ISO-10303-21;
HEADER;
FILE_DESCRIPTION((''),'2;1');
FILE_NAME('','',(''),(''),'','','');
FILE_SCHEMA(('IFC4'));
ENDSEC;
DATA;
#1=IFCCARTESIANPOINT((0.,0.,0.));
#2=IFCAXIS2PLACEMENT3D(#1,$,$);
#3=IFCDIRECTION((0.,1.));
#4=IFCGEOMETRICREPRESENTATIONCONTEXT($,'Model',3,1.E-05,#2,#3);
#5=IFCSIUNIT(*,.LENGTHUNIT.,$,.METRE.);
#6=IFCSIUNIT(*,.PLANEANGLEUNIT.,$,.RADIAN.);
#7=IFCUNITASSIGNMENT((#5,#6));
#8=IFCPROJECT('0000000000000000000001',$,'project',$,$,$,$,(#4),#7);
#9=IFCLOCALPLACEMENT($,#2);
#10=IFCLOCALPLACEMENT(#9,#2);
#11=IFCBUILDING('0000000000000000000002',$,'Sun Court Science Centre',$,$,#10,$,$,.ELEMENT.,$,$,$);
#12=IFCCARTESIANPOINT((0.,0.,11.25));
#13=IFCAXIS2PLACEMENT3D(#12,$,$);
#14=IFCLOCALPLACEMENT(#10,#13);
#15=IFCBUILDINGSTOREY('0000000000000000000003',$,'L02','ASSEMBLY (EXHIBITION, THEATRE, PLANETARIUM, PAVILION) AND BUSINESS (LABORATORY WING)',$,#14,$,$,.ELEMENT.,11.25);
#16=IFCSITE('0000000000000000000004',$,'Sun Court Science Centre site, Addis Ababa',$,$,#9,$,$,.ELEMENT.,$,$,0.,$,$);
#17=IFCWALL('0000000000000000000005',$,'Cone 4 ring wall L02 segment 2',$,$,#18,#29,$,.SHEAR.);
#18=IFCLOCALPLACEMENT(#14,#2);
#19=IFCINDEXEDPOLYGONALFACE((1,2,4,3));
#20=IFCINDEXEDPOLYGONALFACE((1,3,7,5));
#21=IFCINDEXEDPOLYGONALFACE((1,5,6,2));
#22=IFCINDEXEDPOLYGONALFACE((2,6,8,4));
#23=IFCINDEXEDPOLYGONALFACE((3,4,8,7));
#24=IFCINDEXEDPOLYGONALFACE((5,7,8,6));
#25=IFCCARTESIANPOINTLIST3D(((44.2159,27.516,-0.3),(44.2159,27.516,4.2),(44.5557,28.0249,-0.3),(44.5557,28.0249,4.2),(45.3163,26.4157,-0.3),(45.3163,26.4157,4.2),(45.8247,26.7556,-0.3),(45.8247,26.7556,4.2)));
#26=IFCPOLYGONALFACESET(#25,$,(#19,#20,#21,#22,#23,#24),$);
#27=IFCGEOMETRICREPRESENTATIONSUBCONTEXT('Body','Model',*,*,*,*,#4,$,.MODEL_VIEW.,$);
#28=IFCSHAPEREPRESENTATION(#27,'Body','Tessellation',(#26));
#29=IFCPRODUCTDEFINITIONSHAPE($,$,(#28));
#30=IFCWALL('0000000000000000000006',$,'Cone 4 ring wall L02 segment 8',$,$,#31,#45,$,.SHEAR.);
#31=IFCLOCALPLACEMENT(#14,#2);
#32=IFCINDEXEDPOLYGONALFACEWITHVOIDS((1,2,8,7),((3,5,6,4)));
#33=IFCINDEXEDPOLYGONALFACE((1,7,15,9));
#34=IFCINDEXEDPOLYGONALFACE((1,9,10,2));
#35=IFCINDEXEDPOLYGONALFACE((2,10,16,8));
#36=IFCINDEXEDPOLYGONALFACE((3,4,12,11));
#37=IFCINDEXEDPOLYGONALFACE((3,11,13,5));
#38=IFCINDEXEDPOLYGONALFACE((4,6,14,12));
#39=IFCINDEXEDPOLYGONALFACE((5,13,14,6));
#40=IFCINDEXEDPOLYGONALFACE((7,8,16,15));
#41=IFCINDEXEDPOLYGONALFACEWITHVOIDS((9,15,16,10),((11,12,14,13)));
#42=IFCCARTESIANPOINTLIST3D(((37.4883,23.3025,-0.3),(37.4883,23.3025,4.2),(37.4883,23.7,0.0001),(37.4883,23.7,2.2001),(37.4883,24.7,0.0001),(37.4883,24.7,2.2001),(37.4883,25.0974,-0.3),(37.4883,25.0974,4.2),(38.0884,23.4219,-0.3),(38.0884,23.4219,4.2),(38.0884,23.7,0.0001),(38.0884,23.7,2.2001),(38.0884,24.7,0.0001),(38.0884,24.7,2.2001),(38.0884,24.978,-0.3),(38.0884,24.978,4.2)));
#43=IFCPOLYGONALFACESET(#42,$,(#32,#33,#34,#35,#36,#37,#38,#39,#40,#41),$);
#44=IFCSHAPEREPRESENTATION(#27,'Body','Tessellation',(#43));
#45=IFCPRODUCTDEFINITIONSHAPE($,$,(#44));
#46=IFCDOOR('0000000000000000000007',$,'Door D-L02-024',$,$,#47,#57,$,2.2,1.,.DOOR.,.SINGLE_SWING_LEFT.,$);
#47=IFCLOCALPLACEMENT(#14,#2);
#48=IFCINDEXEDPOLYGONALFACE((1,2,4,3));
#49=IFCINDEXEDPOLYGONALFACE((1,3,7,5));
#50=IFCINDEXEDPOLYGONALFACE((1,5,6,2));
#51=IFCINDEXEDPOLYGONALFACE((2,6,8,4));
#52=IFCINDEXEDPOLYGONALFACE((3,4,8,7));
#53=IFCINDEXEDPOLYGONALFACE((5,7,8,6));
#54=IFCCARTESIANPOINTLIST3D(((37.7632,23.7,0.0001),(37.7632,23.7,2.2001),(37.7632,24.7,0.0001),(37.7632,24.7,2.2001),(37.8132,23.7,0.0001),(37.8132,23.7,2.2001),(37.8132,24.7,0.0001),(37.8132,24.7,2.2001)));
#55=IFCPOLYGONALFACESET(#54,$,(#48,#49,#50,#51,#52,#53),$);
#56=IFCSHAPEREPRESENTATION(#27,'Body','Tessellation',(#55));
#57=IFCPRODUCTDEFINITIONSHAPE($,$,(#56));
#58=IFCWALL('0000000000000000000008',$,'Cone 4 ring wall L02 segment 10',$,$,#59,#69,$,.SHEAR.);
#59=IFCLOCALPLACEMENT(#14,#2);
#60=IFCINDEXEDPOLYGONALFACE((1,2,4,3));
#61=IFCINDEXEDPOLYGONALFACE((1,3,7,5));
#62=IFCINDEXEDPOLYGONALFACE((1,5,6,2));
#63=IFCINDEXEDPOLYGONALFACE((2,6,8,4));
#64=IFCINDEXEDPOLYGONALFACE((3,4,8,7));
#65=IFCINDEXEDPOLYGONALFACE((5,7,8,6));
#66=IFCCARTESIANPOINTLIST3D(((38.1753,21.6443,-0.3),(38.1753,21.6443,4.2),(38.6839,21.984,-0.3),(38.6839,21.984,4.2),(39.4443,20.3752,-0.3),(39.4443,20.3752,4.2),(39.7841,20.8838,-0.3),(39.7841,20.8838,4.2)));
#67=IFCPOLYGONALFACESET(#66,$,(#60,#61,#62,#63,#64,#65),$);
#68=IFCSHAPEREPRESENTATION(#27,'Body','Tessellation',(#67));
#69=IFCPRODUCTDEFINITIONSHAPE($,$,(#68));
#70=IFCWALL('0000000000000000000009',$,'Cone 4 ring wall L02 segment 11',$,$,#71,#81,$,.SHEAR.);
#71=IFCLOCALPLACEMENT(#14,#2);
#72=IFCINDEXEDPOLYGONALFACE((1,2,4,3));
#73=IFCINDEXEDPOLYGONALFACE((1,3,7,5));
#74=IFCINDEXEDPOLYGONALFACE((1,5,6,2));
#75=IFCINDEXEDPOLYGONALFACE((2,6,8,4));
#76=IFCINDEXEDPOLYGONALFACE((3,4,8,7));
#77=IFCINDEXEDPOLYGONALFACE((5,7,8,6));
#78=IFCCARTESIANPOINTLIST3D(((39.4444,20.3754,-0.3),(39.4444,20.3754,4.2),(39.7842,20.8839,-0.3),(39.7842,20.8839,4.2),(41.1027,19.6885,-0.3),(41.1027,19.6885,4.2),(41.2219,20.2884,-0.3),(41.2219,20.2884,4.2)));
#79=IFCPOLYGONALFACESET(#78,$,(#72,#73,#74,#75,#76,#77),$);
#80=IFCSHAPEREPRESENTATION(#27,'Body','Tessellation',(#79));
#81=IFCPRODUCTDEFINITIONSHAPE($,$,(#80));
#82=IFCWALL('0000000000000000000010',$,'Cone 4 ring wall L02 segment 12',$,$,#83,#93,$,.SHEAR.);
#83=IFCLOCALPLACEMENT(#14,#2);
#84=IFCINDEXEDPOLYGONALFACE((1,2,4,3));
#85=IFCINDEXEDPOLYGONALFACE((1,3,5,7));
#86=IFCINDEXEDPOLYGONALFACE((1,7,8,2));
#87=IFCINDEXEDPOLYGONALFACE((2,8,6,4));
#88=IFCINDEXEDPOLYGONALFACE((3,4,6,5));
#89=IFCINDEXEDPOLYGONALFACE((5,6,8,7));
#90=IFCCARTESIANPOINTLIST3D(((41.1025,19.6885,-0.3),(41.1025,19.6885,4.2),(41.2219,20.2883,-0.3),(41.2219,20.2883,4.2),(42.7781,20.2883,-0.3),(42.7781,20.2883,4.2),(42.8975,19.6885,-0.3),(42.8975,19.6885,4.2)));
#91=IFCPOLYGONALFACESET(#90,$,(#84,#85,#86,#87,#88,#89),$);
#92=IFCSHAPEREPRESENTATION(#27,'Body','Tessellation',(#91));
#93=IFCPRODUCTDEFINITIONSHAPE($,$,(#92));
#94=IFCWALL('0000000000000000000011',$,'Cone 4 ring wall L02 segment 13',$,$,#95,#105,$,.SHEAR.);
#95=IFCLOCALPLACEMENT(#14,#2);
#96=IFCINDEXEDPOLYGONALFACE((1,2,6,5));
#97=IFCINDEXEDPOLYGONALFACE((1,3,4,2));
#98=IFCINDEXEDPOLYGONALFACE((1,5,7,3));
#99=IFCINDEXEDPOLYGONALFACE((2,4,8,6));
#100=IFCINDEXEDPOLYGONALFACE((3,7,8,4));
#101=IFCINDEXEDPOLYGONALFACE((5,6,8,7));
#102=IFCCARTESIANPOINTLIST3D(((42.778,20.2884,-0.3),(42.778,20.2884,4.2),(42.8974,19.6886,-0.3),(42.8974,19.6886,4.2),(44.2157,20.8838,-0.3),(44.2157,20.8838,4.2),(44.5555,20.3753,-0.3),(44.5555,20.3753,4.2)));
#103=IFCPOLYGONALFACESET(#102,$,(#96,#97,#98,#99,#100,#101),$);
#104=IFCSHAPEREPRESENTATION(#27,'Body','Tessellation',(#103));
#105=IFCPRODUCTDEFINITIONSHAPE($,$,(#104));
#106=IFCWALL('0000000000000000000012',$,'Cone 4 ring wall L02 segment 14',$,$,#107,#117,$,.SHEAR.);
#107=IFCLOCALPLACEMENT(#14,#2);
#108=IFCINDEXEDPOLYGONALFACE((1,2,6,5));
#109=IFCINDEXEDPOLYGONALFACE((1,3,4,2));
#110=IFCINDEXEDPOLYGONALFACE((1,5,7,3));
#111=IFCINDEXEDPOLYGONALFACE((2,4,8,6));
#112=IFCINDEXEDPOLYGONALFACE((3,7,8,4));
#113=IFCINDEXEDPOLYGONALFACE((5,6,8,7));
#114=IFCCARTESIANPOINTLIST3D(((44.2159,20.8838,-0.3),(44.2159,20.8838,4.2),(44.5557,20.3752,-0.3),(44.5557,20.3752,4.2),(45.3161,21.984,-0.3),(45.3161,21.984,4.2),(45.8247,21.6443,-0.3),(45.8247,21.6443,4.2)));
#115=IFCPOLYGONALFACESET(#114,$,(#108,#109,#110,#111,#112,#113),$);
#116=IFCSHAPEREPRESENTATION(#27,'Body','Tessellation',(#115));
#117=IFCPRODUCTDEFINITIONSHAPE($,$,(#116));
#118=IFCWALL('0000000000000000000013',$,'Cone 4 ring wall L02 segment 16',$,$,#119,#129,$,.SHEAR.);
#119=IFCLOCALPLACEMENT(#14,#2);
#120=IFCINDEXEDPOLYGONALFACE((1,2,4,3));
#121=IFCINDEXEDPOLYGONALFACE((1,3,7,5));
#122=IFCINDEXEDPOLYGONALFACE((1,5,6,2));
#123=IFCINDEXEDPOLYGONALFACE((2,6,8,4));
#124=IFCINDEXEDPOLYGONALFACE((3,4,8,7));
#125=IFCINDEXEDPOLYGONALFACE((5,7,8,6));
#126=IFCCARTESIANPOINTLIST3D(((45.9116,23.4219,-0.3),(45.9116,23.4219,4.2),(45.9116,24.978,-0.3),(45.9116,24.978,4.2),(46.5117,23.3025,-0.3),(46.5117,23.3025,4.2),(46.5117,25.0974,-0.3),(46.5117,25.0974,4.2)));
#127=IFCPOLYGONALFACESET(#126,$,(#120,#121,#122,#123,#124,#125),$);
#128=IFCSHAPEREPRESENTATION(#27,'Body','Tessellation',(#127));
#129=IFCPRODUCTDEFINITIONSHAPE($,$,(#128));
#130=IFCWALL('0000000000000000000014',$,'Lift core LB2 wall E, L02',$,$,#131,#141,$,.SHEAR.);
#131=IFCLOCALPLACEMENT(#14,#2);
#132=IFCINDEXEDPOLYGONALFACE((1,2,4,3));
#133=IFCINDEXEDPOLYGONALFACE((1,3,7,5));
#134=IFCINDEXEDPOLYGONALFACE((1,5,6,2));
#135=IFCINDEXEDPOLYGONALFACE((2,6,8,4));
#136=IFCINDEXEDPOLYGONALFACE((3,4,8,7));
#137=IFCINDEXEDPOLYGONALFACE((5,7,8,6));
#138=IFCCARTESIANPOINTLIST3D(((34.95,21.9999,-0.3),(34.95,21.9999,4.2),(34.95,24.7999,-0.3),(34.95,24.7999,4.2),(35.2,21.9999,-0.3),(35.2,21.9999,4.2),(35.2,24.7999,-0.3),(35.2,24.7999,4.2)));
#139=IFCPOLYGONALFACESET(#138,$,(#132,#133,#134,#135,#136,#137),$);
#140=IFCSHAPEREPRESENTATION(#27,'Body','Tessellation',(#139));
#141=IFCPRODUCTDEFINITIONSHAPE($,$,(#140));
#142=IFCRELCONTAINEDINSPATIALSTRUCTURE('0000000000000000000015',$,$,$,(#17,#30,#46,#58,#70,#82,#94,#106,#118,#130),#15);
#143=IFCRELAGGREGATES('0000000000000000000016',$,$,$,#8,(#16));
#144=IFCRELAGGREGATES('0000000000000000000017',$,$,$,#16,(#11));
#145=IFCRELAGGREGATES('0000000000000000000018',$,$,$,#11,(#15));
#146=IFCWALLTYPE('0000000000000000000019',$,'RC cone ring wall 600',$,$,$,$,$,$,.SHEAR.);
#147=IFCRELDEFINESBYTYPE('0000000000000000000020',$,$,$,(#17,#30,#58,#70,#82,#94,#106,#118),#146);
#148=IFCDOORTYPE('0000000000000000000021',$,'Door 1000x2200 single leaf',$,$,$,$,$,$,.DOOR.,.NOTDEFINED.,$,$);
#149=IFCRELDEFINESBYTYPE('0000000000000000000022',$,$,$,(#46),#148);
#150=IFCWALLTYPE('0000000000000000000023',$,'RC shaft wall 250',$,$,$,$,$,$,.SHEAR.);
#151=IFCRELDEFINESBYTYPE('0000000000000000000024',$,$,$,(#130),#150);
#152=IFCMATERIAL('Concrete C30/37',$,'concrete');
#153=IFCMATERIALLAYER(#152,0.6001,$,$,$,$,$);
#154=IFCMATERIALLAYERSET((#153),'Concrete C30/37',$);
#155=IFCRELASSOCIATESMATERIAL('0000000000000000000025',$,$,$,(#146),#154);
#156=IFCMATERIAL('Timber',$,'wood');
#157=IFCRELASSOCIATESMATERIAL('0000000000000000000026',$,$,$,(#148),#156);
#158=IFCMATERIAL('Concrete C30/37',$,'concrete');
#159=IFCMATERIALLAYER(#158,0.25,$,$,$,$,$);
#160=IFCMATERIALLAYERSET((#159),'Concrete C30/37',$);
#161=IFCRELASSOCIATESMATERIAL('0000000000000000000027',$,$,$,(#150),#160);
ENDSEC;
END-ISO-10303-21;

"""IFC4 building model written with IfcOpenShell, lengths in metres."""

from ifc_helpers import new_model, si_unit, direction, frame, frame_2d, origin, place, context, subcontext, project, spatial, polyline, rectangle, outline, extrude, material, layer, layer_set, type_object, element, fill, save


model = new_model("IFC4")

# Units and contexts
model_context = context("Model", 3, precision=1e-05, world=origin(), true_north=direction((0.0, 1.0)))
body_context = subcontext(model_context, "Body", "Model", "MODEL_VIEW")
ifc_project = project(units=[si_unit("LENGTHUNIT", "METRE"), si_unit("PLANEANGLEUNIT", "RADIAN")], contexts=[model_context])

# Site, building, storey
site_placement = place(None, origin())
site = spatial("IfcSite", under=ifc_project, at=site_placement, Name="Sun Court Science Centre site, Addis Ababa", CompositionType="ELEMENT", RefElevation=0.0)
building_placement = place(site_placement, origin())
building = spatial("IfcBuilding", under=site, at=building_placement, Name="Sun Court Science Centre", CompositionType="ELEMENT")
storey_placement = place(building_placement, frame((0.0, 0.0, 11.25)))
storey = spatial("IfcBuildingStorey", under=building, at=storey_placement, Name="L02", Description="ASSEMBLY (EXHIBITION, THEATRE, PLANETARIUM, PAVILION) AND BUSINESS (LABORATORY WING)", CompositionType="ELEMENT", Elevation=11.25)

# Wall
ifc_material_1 = material(Name="Concrete C30/37", Category="concrete")
ifc_layer_1 = layer(ifc_material_1, 0.6001)
ifc_layer_set_1 = layer_set([ifc_layer_1], Name="Concrete C30/37")
wall_type_1 = type_object("IfcWallType", Name="RC cone ring wall 600", PredefinedType="SHEAR", material=ifc_layer_set_1)
wall_1_placement = place(storey_placement, frame((45.6125, 26.5435, -0.3), z_axis=(0.0, 0.0, 1.0), x_axis=(-0.707039, 0.707175, 0.0)))
element("IfcWall", 1, at=wall_1_placement, inside=storey, type_object=wall_type_1, Name="Cone 4 ring wall L02 segment 2", PredefinedType="SHEAR", context=body_context, shape_type="SweptSolid", body=[
    extrude(outline(polyline([(0.0, -0.3), (1.7949, -0.3), (1.6753, 0.3), (0.1191, 0.2998), (0.0, -0.3)])), origin(), (0.0, 0.0, 1.0), 4.5),
])

# Wall, opening, door
wall_2_placement = place(storey_placement, frame((37.7883, 25.0974, -0.3), z_axis=(0.0, 0.0, 1.0), x_axis=(0.0, -1.0, 0.0)))
wall_2 = element("IfcWall", 2, at=wall_2_placement, inside=storey, type_object=wall_type_1, Name="Cone 4 ring wall L02 segment 8", PredefinedType="SHEAR", context=body_context, shape_type="SweptSolid", body=[
    extrude(outline(polyline([(0.0, -0.3), (1.7949, -0.3), (1.6755, 0.3), (0.1194, 0.3), (0.0, -0.3)])), origin(), (0.0, 0.0, 1.0), 4.5),
])
opening_1_placement = place(wall_2_placement, frame((0.3975, 0.0, 0.3)))
opening_1 = element("IfcOpeningElement", 3, at=opening_1_placement, cuts=wall_2, PredefinedType="OPENING", context=body_context, shape_type="SweptSolid", body=[
    extrude(rectangle(XDim=1.0, YDim=2.2, at=frame_2d((0.5, 1.1001))), frame((0.0, 0.3101, 0.0), z_axis=(0.0, -1.0, 0.0), x_axis=(1.0, 0.0, 0.0)), (0.0, 0.0, 1.0), 0.6201),
])
ifc_material_2 = material(Name="Timber", Category="wood")
door_type_1 = type_object("IfcDoorType", Name="Door 1000x2200 single leaf", OperationType="NOTDEFINED", PredefinedType="DOOR", material=ifc_material_2)
door_1_placement = place(opening_1_placement, origin())
door_1 = element("IfcDoor", 4, at=door_1_placement, inside=storey, type_object=door_type_1, Name="Door D-L02-024", OperationType="SINGLE_SWING_LEFT", OverallHeight=2.2, OverallWidth=1.0, PredefinedType="DOOR", context=body_context, shape_type="SweptSolid", body=[
    extrude(rectangle(XDim=1.0, YDim=2.2, at=frame_2d((0.5, 1.1001))), frame((0.0, 0.0249, 0.0), z_axis=(0.0, -1.0, 0.0), x_axis=(1.0, 0.0, 0.0)), (0.0, 0.0, 1.0), 0.05),
])
fill(opening_1, door_1)

# Walls
wall_3_placement = place(storey_placement, frame((38.3875, 21.8564, -0.3), z_axis=(0.0, 0.0, 1.0), x_axis=(0.707107, -0.707107, 0.0)))
element("IfcWall", 5, at=wall_3_placement, inside=storey, type_object=wall_type_1, Name="Cone 4 ring wall L02 segment 10", PredefinedType="SHEAR", context=body_context, shape_type="SweptSolid", body=[
    extrude(outline(polyline([(0.0, -0.3), (1.7947, -0.3), (1.6753, 0.2998), (0.1194, 0.2998), (0.0, -0.3)])), origin(), (0.0, 0.0, 1.0), 4.5),
])
for number, where, z_axis, x_axis, name in (
    (6, (39.5591, 20.6523, -0.3), (0.0, 0.0, 1.0), (0.923896, -0.382644, 0.0), "Cone 4 ring wall L02 segment 11"),
    (7, (41.1025, 19.9883, -0.3), (0.0, 0.0, 1.0), (1.0, 0.0, 0.0), "Cone 4 ring wall L02 segment 12"),
):
    element("IfcWall", number, at=place(storey_placement, frame(where, z_axis=z_axis, x_axis=x_axis)), inside=storey, type_object=wall_type_1, Name=name, PredefinedType="SHEAR", context=body_context, shape_type="SweptSolid", body=[
        extrude(outline(polyline([(0.0, -0.2998), (1.7949, -0.2998), (1.6755, 0.3), (0.1194, 0.3), (0.0, -0.2998)])), origin(), (0.0, 0.0, 1.0), 4.5),
    ])
wall_4_placement = place(storey_placement, frame((42.7827, 19.9656, -0.3), z_axis=(0.0, 0.0, 1.0), x_axis=(0.923896, 0.382644, 0.0)))
element("IfcWall", 8, at=wall_4_placement, inside=storey, type_object=wall_type_1, Name="Cone 4 ring wall L02 segment 13", PredefinedType="SHEAR", context=body_context, shape_type="SweptSolid", body=[
    extrude(outline(polyline([(0.0, -0.2998), (1.7947, -0.2998), (1.6753, 0.3), (0.1191, 0.3), (0.0, -0.2998)])), origin(), (0.0, 0.0, 1.0), 4.5),
])
wall_5_placement = place(storey_placement, frame((44.3435, 20.5874, -0.3), z_axis=(0.0, 0.0, 1.0), x_axis=(0.707107, 0.707107, 0.0)))
element("IfcWall", 9, at=wall_5_placement, inside=storey, type_object=wall_type_1, Name="Cone 4 ring wall L02 segment 14", PredefinedType="SHEAR", context=body_context, shape_type="SweptSolid", body=[
    extrude(outline(polyline([(0.0, -0.3), (1.7947, -0.3), (1.6753, 0.2998), (0.1194, 0.2998), (0.0, -0.3)])), origin(), (0.0, 0.0, 1.0), 4.5),
])
wall_6_placement = place(storey_placement, frame((46.2117, 23.3025, -0.3), z_axis=(0.0, 0.0, 1.0), x_axis=(0.0, 1.0, 0.0)))
element("IfcWall", 10, at=wall_6_placement, inside=storey, type_object=wall_type_1, Name="Cone 4 ring wall L02 segment 16", PredefinedType="SHEAR", context=body_context, shape_type="SweptSolid", body=[
    extrude(outline(polyline([(0.0, -0.3), (1.7949, -0.3), (1.6755, 0.3), (0.1194, 0.3), (0.0, -0.3)])), origin(), (0.0, 0.0, 1.0), 4.5),
])
ifc_material_3 = material(Name="Concrete C30/37", Category="concrete")
ifc_layer_2 = layer(ifc_material_3, 0.25)
ifc_layer_set_2 = layer_set([ifc_layer_2], Name="Concrete C30/37")
wall_type_2 = type_object("IfcWallType", Name="RC shaft wall 250", PredefinedType="SHEAR", material=ifc_layer_set_2)
wall_7_placement = place(storey_placement, frame((35.075, 22.0, -0.3), z_axis=(0.0, 0.0, 1.0), x_axis=(0.0, 1.0, 0.0)))
element("IfcWall", 11, at=wall_7_placement, inside=storey, type_object=wall_type_2, Name="Lift core LB2 wall E, L02", PredefinedType="SHEAR", context=body_context, shape_type="SweptSolid", body=[
    extrude(rectangle(XDim=2.8, YDim=0.25, at=frame_2d((1.3999, 0.0))), origin(), (0.0, 0.0, 1.0), 4.5),
])

save(model, "model.ifc")
